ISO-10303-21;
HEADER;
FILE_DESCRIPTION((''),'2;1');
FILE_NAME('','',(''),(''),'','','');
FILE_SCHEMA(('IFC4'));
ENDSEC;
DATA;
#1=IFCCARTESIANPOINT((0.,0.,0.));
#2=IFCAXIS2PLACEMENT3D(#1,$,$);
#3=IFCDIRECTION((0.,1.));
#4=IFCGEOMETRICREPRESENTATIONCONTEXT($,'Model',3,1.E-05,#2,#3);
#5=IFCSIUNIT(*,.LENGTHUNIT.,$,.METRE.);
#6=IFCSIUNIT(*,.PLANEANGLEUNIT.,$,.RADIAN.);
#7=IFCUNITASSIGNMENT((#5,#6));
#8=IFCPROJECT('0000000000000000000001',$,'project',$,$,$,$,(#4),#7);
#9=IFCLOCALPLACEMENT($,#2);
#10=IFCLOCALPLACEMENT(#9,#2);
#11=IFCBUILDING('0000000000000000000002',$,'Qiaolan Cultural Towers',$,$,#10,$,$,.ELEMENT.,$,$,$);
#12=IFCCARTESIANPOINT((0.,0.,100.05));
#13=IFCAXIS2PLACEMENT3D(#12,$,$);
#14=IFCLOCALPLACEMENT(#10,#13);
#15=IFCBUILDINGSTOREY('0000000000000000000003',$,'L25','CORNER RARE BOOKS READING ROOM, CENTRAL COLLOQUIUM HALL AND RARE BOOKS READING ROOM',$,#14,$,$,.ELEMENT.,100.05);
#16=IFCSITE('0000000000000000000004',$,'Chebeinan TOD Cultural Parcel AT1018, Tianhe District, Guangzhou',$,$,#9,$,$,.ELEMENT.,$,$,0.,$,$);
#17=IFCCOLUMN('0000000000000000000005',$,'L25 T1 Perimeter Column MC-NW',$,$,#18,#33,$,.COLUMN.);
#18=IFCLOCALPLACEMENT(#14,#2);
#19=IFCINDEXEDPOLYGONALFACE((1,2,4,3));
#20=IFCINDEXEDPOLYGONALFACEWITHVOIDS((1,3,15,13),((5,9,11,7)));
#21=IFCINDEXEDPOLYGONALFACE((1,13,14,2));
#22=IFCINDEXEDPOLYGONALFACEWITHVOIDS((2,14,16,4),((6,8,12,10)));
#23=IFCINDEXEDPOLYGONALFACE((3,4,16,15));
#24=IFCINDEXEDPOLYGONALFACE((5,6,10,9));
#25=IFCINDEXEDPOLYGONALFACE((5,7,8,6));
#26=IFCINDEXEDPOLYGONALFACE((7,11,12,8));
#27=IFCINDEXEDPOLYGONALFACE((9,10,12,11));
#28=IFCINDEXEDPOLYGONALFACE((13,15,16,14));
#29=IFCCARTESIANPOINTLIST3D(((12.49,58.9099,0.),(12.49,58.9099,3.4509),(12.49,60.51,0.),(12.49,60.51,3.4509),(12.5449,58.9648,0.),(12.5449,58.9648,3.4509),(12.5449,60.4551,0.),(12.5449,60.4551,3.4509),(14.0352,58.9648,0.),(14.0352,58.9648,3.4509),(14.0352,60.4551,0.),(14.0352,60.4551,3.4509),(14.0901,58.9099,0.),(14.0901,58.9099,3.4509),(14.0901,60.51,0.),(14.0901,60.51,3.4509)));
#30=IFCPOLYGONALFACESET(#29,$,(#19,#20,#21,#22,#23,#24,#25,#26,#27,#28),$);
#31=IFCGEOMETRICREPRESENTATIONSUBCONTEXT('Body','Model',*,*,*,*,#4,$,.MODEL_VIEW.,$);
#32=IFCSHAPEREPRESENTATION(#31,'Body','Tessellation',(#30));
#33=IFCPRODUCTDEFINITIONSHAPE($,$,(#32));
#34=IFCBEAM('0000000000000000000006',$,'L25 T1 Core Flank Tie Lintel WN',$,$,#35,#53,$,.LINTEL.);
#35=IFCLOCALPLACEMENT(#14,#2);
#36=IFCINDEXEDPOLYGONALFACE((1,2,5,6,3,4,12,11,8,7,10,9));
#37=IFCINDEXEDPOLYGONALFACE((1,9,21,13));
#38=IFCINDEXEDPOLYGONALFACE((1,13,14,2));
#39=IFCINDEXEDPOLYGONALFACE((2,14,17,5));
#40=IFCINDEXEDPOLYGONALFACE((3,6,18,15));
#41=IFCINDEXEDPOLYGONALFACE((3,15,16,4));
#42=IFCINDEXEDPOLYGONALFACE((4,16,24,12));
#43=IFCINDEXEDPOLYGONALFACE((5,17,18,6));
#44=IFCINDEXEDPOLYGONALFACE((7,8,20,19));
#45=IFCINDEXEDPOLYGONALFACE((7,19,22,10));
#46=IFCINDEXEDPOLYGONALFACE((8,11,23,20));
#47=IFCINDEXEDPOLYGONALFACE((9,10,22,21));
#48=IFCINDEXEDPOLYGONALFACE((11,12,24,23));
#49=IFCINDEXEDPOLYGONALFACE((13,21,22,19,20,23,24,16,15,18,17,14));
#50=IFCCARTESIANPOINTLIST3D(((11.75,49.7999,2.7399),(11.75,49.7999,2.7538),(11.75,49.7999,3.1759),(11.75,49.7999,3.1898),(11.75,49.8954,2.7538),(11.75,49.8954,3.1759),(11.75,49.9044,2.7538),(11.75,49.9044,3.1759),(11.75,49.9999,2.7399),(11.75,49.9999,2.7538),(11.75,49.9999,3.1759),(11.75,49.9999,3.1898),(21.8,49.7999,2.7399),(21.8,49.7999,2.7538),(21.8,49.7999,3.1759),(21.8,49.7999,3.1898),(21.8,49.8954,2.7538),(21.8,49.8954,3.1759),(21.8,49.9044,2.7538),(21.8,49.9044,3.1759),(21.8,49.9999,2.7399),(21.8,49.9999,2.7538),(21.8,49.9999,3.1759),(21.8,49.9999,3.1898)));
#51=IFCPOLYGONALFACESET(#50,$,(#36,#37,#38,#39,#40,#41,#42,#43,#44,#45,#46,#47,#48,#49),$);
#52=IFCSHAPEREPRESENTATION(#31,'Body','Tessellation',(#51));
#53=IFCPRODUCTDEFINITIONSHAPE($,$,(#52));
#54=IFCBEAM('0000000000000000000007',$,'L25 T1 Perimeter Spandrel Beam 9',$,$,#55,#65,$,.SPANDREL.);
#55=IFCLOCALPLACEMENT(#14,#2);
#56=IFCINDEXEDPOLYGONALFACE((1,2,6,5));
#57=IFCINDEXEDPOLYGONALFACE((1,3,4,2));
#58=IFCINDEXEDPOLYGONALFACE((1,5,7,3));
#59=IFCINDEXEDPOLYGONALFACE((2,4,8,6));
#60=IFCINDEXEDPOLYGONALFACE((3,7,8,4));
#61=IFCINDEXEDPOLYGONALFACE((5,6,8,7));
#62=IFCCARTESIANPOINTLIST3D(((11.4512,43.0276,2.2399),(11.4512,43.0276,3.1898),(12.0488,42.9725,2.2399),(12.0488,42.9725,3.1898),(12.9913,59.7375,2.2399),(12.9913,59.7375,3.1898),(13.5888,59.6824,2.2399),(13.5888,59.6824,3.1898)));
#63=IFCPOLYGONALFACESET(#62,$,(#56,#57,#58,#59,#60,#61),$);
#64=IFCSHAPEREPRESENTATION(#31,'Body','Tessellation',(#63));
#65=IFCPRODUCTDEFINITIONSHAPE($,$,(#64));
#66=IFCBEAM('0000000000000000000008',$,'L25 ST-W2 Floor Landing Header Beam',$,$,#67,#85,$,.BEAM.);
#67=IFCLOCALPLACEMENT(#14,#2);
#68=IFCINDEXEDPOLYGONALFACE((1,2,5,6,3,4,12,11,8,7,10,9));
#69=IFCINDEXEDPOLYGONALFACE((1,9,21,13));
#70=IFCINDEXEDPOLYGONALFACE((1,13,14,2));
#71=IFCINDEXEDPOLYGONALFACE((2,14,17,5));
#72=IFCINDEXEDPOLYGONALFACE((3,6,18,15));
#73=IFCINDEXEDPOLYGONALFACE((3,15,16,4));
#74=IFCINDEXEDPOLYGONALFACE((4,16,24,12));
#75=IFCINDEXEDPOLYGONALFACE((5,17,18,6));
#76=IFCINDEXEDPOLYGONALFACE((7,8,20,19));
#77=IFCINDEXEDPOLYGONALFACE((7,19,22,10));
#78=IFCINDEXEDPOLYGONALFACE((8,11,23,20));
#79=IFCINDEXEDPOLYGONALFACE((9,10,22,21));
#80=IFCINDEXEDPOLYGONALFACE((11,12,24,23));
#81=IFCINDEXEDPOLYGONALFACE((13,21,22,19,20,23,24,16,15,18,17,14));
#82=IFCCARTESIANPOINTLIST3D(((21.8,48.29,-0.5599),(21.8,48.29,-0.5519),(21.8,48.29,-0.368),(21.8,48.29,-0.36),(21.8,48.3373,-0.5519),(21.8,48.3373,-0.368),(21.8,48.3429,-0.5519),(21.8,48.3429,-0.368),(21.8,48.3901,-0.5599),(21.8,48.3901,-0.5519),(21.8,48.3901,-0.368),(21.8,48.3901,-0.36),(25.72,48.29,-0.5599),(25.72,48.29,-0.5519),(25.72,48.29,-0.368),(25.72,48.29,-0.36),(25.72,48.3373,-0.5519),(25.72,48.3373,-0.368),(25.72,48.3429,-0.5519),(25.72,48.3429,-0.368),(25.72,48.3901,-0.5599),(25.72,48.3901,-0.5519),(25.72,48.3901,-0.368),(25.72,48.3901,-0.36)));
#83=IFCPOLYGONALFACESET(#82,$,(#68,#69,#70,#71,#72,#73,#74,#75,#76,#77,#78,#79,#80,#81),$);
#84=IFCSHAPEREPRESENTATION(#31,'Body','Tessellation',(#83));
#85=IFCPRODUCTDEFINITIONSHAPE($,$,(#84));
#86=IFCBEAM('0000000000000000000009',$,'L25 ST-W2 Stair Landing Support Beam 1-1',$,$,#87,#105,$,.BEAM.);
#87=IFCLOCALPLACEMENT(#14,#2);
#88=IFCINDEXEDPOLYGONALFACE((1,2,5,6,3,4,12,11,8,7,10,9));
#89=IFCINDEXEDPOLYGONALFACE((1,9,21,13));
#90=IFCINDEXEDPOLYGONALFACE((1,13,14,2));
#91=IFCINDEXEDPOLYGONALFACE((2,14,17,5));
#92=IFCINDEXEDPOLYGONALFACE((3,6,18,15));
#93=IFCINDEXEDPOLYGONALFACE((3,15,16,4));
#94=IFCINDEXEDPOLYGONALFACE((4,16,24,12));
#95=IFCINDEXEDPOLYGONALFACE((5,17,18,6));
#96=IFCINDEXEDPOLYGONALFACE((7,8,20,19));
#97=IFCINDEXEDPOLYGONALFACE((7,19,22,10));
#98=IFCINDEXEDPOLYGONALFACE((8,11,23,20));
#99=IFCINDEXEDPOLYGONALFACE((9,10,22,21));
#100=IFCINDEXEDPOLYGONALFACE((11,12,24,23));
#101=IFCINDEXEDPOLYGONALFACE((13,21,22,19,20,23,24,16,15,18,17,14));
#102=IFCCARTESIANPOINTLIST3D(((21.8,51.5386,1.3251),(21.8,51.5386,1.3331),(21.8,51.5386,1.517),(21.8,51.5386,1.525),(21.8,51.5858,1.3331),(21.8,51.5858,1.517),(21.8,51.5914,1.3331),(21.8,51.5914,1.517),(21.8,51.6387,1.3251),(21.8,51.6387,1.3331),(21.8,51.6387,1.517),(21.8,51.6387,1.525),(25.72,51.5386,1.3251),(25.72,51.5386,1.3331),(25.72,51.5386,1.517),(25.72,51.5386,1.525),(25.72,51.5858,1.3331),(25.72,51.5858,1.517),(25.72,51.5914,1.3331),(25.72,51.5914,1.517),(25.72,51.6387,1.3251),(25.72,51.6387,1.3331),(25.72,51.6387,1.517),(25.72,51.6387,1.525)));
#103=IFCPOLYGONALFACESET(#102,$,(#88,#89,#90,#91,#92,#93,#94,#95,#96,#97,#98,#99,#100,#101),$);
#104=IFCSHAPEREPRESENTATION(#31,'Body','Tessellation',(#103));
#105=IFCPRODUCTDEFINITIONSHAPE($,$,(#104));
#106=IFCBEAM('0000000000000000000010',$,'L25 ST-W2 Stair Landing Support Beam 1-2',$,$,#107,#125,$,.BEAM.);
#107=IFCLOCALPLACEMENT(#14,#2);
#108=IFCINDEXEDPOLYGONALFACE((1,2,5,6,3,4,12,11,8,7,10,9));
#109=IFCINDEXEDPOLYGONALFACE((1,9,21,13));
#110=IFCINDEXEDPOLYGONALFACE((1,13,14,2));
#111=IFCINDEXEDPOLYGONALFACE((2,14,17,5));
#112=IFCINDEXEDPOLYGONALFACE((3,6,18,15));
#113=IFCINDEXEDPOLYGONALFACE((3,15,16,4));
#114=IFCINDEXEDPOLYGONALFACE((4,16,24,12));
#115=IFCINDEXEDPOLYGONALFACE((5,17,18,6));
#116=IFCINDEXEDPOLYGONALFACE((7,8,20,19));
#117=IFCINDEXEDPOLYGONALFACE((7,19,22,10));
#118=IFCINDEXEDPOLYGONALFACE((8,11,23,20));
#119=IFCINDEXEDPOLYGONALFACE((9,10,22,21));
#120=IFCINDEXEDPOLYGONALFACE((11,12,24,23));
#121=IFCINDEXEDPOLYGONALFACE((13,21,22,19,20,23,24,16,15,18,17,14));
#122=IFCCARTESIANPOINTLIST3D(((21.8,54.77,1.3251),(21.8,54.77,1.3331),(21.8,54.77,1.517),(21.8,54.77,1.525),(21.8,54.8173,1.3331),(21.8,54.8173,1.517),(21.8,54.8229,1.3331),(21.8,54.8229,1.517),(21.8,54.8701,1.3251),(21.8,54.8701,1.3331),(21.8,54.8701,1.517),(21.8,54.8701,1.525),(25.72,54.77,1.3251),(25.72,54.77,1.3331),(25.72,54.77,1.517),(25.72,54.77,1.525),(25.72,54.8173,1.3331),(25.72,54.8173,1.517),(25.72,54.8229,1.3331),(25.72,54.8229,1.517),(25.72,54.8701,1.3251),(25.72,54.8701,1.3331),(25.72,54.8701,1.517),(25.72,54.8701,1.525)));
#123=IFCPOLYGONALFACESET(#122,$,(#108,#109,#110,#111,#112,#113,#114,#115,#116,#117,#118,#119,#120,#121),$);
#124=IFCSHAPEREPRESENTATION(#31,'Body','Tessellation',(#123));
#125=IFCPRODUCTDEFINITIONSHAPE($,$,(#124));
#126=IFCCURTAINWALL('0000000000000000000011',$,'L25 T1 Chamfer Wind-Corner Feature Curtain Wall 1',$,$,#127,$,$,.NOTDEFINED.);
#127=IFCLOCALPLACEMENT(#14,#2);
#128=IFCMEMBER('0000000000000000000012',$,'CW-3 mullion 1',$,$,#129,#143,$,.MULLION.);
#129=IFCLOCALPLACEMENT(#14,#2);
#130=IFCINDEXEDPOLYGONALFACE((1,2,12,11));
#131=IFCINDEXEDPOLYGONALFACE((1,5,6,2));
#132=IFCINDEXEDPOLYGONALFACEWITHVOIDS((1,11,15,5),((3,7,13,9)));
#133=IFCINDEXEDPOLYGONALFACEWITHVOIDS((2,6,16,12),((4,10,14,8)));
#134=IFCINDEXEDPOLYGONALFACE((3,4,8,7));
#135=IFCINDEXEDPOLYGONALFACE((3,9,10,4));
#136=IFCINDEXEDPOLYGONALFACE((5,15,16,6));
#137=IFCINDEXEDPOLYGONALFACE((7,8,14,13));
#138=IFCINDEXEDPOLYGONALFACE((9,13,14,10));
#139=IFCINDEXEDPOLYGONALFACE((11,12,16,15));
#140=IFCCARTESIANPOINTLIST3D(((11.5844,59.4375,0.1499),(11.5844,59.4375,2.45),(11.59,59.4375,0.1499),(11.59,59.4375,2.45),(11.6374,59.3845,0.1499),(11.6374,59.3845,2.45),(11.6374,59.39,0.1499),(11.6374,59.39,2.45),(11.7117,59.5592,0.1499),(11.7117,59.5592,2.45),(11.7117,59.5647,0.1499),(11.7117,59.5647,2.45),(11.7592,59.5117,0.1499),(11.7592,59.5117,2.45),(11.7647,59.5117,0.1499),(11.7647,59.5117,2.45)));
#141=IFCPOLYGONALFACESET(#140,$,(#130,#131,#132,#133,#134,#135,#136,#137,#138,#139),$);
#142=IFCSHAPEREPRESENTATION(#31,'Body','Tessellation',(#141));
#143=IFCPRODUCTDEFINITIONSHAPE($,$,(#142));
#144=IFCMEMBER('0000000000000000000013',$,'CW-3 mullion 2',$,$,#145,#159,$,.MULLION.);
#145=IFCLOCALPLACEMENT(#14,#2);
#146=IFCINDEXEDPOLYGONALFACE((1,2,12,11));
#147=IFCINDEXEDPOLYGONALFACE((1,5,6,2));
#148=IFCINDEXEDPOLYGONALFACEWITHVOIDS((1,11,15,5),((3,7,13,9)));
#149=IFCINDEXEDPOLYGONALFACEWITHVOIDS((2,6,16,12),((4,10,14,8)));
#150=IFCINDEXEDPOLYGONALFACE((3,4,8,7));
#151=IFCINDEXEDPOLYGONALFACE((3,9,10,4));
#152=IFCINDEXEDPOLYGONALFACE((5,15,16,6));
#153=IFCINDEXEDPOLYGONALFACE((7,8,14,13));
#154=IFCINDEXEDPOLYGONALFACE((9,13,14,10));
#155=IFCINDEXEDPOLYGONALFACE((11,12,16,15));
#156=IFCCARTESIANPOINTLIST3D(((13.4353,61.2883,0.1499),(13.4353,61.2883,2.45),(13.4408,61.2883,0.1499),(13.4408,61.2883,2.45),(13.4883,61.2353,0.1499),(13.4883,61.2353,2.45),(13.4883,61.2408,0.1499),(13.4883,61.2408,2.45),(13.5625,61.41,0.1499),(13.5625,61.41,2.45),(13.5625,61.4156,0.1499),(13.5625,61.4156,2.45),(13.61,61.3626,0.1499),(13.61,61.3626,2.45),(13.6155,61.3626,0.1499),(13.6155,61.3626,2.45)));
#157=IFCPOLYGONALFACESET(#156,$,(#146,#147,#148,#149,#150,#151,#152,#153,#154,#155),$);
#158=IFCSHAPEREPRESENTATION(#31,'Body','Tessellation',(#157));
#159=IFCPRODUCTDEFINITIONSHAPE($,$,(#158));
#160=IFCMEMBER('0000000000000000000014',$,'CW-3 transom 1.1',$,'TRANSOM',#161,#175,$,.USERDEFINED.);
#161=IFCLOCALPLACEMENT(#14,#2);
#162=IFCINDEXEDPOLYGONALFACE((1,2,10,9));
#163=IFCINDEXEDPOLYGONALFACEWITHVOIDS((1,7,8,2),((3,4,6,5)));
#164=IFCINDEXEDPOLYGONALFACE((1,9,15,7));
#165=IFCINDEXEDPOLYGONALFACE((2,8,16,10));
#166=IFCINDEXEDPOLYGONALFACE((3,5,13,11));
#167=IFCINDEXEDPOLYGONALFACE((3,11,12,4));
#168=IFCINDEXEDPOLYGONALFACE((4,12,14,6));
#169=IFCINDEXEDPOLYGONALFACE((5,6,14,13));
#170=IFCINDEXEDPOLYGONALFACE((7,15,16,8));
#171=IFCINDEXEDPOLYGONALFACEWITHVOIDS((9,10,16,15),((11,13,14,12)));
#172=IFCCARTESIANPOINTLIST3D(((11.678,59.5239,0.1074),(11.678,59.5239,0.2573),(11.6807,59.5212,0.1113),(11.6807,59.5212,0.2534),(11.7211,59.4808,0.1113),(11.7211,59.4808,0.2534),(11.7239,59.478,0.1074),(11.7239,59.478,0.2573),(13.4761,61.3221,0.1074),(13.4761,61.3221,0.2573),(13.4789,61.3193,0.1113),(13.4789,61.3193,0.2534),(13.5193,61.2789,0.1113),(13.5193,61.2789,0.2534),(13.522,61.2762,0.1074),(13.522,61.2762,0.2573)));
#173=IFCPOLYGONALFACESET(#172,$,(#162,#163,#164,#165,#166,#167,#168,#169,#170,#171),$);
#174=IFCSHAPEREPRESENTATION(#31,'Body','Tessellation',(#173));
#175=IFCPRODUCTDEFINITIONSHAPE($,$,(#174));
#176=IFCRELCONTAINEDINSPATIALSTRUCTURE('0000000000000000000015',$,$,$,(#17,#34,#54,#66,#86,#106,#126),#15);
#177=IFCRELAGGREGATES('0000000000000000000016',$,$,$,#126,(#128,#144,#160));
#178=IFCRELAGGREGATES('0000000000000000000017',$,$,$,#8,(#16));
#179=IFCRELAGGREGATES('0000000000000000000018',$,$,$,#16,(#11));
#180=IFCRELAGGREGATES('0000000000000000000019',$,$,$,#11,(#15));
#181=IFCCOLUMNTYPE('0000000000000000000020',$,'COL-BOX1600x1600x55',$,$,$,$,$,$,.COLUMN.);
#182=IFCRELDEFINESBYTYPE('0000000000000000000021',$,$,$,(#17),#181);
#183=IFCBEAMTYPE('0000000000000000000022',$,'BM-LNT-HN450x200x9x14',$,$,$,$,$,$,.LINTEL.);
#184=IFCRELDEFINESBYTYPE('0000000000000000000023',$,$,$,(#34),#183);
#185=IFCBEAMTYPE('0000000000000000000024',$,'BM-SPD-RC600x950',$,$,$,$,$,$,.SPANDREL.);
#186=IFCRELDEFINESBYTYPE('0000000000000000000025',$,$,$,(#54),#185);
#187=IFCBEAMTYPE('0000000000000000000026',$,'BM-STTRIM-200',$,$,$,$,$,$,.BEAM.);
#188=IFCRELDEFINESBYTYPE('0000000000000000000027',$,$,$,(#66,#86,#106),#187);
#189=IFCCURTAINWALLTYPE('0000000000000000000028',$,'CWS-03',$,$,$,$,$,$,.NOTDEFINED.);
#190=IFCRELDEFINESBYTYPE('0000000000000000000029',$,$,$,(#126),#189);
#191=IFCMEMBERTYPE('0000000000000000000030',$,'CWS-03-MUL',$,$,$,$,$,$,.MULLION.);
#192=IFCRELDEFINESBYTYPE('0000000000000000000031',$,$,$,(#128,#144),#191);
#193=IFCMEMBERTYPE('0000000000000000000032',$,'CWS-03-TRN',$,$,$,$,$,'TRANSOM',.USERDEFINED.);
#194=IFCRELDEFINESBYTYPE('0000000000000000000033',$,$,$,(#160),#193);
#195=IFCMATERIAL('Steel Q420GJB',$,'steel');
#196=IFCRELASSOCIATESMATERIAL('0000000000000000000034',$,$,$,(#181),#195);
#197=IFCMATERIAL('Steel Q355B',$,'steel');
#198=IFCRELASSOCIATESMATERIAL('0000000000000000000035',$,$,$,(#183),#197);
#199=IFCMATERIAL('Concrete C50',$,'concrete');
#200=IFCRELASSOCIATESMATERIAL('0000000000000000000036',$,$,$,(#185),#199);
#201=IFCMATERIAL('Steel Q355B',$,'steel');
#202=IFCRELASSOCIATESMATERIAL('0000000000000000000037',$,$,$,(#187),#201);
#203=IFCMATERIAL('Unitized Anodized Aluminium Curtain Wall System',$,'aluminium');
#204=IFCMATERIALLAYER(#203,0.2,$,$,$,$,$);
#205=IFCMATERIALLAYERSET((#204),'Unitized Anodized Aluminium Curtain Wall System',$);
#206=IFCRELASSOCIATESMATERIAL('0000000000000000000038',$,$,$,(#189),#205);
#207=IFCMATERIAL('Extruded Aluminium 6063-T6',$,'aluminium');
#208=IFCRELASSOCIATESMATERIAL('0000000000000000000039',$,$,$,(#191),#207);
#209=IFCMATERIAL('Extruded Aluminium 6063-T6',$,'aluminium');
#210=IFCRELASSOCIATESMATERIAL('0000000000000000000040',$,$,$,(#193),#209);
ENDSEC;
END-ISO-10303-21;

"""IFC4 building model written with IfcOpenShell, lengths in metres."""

from ifc_helpers import new_model, si_unit, direction, frame, origin, origin_2d, place, context, subcontext, project, spatial, rectangle, hollow_rectangle, i_section, extrude, material, layer, layer_set, material_profile, profile_set, type_object, element, aggregate, save


model = new_model("IFC4")

# Units and contexts
model_context = context("Model", 3, precision=1e-05, world=origin(), true_north=direction((0.0, 1.0)))
body_context = subcontext(model_context, "Body", "Model", "MODEL_VIEW")
ifc_project = project(units=[si_unit("LENGTHUNIT", "METRE"), si_unit("PLANEANGLEUNIT", "RADIAN")], contexts=[model_context])

# Site, building, storey
site_placement = place(None, origin())
site = spatial("IfcSite", under=ifc_project, at=site_placement, Name="Chebeinan TOD Cultural Parcel AT1018, Tianhe District, Guangzhou", CompositionType="ELEMENT", RefElevation=0.0)
building_placement = place(site_placement, origin())
building = spatial("IfcBuilding", under=site, at=building_placement, Name="Qiaolan Cultural Towers", CompositionType="ELEMENT")
storey_placement = place(building_placement, frame((0.0, 0.0, 100.05)))
storey = spatial("IfcBuildingStorey", under=building, at=storey_placement, Name="L25", Description="CORNER RARE BOOKS READING ROOM, CENTRAL COLLOQUIUM HALL AND RARE BOOKS READING ROOM", CompositionType="ELEMENT", Elevation=100.05)

# Column
ifc_material_1 = material(Name="Steel Q420GJB", Category="steel")
ifc_material_profile_1 = material_profile(ifc_material_1, hollow_rectangle(XDim=1.6001, YDim=1.6001, WallThickness=0.0549, at=origin_2d()), Name="BOX1600x1600x55")
ifc_profile_set_1 = profile_set([ifc_material_profile_1], Name="Steel Q420GJB")
column_type = type_object("IfcColumnType", Name="COL-BOX1600x1600x55", PredefinedType="COLUMN", material=ifc_profile_set_1)
column_placement = place(storey_placement, frame((13.29, 59.71, 0.0), z_axis=(0.0, 0.0, 1.0), x_axis=(1.0, 0.0, 0.0)))
element("IfcColumn", 1, at=column_placement, inside=storey, type_object=column_type, Name="L25 T1 Perimeter Column MC-NW", PredefinedType="COLUMN", context=body_context, shape_type="SweptSolid", body=[
    extrude(hollow_rectangle(XDim=1.6001, YDim=1.6001, WallThickness=0.0549, at=origin_2d()), origin(), (0.0, 0.0, 1.0), 3.4509),
])

# Beams
ifc_material_2 = material(Name="Steel Q355B", Category="steel")
ifc_material_profile_2 = material_profile(ifc_material_2, i_section(OverallWidth=0.2, OverallDepth=0.45, WebThickness=0.009, FlangeThickness=0.0139, at=origin_2d()), Name="HN450x200x9x14")
ifc_profile_set_2 = profile_set([ifc_material_profile_2], Name="Steel Q355B")
beam_type_1 = type_object("IfcBeamType", Name="BM-LNT-HN450x200x9x14", PredefinedType="LINTEL", material=ifc_profile_set_2)
beam_1_placement = place(storey_placement, frame((21.8, 49.8999, 2.9648), z_axis=(-1.0, 0.0, 0.0), x_axis=(0.0, -1.0, 0.0)))
element("IfcBeam", 2, at=beam_1_placement, inside=storey, type_object=beam_type_1, Name="L25 T1 Core Flank Tie Lintel WN", PredefinedType="LINTEL", context=body_context, shape_type="SweptSolid", body=[
    extrude(i_section(OverallWidth=0.2, OverallDepth=0.45, WebThickness=0.009, FlangeThickness=0.0139, at=origin_2d()), origin(), (0.0, 0.0, 1.0), 10.05),
])
ifc_material_3 = material(Name="Concrete C50", Category="concrete")
ifc_material_profile_3 = material_profile(ifc_material_3, rectangle(XDim=0.6001, YDim=0.95, at=origin_2d()), Name="RC600x950")
ifc_profile_set_3 = profile_set([ifc_material_profile_3], Name="Concrete C50")
beam_type_2 = type_object("IfcBeamType", Name="BM-SPD-RC600x950", PredefinedType="SPANDREL", material=ifc_profile_set_3)
beam_2_placement = place(storey_placement, frame((13.29, 59.71, 2.7148), z_axis=(-0.091774, -0.99578, 0.0), x_axis=(0.99578, -0.091774, 0.0)))
element("IfcBeam", 3, at=beam_2_placement, inside=storey, type_object=beam_type_2, Name="L25 T1 Perimeter Spandrel Beam 9", PredefinedType="SPANDREL", context=body_context, shape_type="SweptSolid", body=[
    extrude(rectangle(XDim=0.6001, YDim=0.95, at=origin_2d()), origin(), (0.0, 0.0, 1.0), 16.7808),
])
ifc_material_4 = material(Name="Steel Q355B", Category="steel")
ifc_material_profile_4 = material_profile(ifc_material_4, i_section(OverallWidth=0.1001, OverallDepth=0.2, WebThickness=0.0056, FlangeThickness=0.0081, at=origin_2d()), Name="HN200x100x5.5x8")
ifc_profile_set_4 = profile_set([ifc_material_profile_4], Name="Steel Q355B")
beam_type_3 = type_object("IfcBeamType", Name="BM-STTRIM-200", PredefinedType="BEAM", material=ifc_profile_set_4)
for number, where, z_axis, x_axis, name in (
    (4, (21.8, 48.3401, -0.46), (1.0, 0.0, 0.0), (0.0, 1.0, 0.0), "L25 ST-W2 Floor Landing Header Beam"),
    (5, (21.8, 51.5886, 1.425), (1.0, 0.0, 0.0), (0.0, 1.0, 0.0), "L25 ST-W2 Stair Landing Support Beam 1-1"),
    (6, (21.8, 54.8201, 1.425), (1.0, 0.0, 0.0), (0.0, 1.0, 0.0), "L25 ST-W2 Stair Landing Support Beam 1-2"),
):
    element("IfcBeam", number, at=place(storey_placement, frame(where, z_axis=z_axis, x_axis=x_axis)), inside=storey, type_object=beam_type_3, Name=name, PredefinedType="BEAM", context=body_context, shape_type="SweptSolid", body=[
        extrude(i_section(OverallWidth=0.1001, OverallDepth=0.2, WebThickness=0.0056, FlangeThickness=0.0081, at=origin_2d()), origin(), (0.0, 0.0, 1.0), 3.9199),
    ])

# Curtain wall, members
ifc_material_5 = material(Name="Unitized Anodized Aluminium Curtain Wall System", Category="aluminium")
ifc_layer_1 = layer(ifc_material_5, 0.2)
ifc_layer_set_1 = layer_set([ifc_layer_1], Name="Unitized Anodized Aluminium Curtain Wall System")
curtain_wall_type = type_object("IfcCurtainWallType", Name="CWS-03", PredefinedType="NOTDEFINED", material=ifc_layer_set_1)
curtain_wall_placement = place(storey_placement, origin())
curtain_wall = element("IfcCurtainWall", 7, at=curtain_wall_placement, inside=storey, type_object=curtain_wall_type, Name="L25 T1 Chamfer Wind-Corner Feature Curtain Wall 1", PredefinedType="NOTDEFINED")
ifc_material_6 = material(Name="Extruded Aluminium 6063-T6", Category="aluminium")
ifc_material_profile_5 = material_profile(ifc_material_6, hollow_rectangle(XDim=0.075, YDim=0.1799, WallThickness=0.0039, at=origin_2d()), Name="CWM-180x75x4")
ifc_profile_set_5 = profile_set([ifc_material_profile_5], Name="Extruded Aluminium 6063-T6")
member_type_1 = type_object("IfcMemberType", Name="CWS-03-MUL", PredefinedType="MULLION", material=ifc_profile_set_5)
member_1_placement = place(storey_placement, frame((11.6746, 59.4746, 0.1499), z_axis=(0.0, 0.0, 1.0), x_axis=(-0.707107, 0.707107, 0.0)))
member_1 = element("IfcMember", 8, at=member_1_placement, type_object=member_type_1, Name="CW-3 mullion 1", PredefinedType="MULLION", context=body_context, shape_type="SweptSolid", body=[
    extrude(hollow_rectangle(XDim=0.075, YDim=0.1799, WallThickness=0.0039, at=origin_2d()), origin(), (0.0, 0.0, 1.0), 2.3),
])
member_2_placement = place(storey_placement, frame((13.5254, 61.3254, 0.1499), z_axis=(0.0, 0.0, 1.0), x_axis=(-0.707107, 0.707107, 0.0)))
member_2 = element("IfcMember", 9, at=member_2_placement, type_object=member_type_1, Name="CW-3 mullion 2", PredefinedType="MULLION", context=body_context, shape_type="SweptSolid", body=[
    extrude(hollow_rectangle(XDim=0.075, YDim=0.1799, WallThickness=0.0039, at=origin_2d()), origin(), (0.0, 0.0, 1.0), 2.3),
])
ifc_material_7 = material(Name="Extruded Aluminium 6063-T6", Category="aluminium")
ifc_material_profile_6 = material_profile(ifc_material_7, hollow_rectangle(XDim=0.0649, YDim=0.1499, WallThickness=0.0039, at=origin_2d()), Name="CWT-150x65x4")
ifc_profile_set_6 = profile_set([ifc_material_profile_6], Name="Extruded Aluminium 6063-T6")
member_type_2 = type_object("IfcMemberType", Name="CWS-03-TRN", ElementType="TRANSOM", PredefinedType="USERDEFINED", material=ifc_profile_set_6)
member_3_placement = place(storey_placement, frame((11.7009, 59.501, 0.1824), z_axis=(0.707107, 0.707107, 0.0), x_axis=(-0.707107, 0.707107, 0.0)))
member_3 = element("IfcMember", 10, at=member_3_placement, type_object=member_type_2, Name="CW-3 transom 1.1", ObjectType="TRANSOM", PredefinedType="USERDEFINED", context=body_context, shape_type="SweptSolid", body=[
    extrude(hollow_rectangle(XDim=0.0649, YDim=0.1499, WallThickness=0.0039, at=origin_2d()), origin(), (0.0, 0.0, 1.0), 2.543),
])
aggregate(curtain_wall, [member_1, member_2, member_3])

save(model, "model.ifc")
